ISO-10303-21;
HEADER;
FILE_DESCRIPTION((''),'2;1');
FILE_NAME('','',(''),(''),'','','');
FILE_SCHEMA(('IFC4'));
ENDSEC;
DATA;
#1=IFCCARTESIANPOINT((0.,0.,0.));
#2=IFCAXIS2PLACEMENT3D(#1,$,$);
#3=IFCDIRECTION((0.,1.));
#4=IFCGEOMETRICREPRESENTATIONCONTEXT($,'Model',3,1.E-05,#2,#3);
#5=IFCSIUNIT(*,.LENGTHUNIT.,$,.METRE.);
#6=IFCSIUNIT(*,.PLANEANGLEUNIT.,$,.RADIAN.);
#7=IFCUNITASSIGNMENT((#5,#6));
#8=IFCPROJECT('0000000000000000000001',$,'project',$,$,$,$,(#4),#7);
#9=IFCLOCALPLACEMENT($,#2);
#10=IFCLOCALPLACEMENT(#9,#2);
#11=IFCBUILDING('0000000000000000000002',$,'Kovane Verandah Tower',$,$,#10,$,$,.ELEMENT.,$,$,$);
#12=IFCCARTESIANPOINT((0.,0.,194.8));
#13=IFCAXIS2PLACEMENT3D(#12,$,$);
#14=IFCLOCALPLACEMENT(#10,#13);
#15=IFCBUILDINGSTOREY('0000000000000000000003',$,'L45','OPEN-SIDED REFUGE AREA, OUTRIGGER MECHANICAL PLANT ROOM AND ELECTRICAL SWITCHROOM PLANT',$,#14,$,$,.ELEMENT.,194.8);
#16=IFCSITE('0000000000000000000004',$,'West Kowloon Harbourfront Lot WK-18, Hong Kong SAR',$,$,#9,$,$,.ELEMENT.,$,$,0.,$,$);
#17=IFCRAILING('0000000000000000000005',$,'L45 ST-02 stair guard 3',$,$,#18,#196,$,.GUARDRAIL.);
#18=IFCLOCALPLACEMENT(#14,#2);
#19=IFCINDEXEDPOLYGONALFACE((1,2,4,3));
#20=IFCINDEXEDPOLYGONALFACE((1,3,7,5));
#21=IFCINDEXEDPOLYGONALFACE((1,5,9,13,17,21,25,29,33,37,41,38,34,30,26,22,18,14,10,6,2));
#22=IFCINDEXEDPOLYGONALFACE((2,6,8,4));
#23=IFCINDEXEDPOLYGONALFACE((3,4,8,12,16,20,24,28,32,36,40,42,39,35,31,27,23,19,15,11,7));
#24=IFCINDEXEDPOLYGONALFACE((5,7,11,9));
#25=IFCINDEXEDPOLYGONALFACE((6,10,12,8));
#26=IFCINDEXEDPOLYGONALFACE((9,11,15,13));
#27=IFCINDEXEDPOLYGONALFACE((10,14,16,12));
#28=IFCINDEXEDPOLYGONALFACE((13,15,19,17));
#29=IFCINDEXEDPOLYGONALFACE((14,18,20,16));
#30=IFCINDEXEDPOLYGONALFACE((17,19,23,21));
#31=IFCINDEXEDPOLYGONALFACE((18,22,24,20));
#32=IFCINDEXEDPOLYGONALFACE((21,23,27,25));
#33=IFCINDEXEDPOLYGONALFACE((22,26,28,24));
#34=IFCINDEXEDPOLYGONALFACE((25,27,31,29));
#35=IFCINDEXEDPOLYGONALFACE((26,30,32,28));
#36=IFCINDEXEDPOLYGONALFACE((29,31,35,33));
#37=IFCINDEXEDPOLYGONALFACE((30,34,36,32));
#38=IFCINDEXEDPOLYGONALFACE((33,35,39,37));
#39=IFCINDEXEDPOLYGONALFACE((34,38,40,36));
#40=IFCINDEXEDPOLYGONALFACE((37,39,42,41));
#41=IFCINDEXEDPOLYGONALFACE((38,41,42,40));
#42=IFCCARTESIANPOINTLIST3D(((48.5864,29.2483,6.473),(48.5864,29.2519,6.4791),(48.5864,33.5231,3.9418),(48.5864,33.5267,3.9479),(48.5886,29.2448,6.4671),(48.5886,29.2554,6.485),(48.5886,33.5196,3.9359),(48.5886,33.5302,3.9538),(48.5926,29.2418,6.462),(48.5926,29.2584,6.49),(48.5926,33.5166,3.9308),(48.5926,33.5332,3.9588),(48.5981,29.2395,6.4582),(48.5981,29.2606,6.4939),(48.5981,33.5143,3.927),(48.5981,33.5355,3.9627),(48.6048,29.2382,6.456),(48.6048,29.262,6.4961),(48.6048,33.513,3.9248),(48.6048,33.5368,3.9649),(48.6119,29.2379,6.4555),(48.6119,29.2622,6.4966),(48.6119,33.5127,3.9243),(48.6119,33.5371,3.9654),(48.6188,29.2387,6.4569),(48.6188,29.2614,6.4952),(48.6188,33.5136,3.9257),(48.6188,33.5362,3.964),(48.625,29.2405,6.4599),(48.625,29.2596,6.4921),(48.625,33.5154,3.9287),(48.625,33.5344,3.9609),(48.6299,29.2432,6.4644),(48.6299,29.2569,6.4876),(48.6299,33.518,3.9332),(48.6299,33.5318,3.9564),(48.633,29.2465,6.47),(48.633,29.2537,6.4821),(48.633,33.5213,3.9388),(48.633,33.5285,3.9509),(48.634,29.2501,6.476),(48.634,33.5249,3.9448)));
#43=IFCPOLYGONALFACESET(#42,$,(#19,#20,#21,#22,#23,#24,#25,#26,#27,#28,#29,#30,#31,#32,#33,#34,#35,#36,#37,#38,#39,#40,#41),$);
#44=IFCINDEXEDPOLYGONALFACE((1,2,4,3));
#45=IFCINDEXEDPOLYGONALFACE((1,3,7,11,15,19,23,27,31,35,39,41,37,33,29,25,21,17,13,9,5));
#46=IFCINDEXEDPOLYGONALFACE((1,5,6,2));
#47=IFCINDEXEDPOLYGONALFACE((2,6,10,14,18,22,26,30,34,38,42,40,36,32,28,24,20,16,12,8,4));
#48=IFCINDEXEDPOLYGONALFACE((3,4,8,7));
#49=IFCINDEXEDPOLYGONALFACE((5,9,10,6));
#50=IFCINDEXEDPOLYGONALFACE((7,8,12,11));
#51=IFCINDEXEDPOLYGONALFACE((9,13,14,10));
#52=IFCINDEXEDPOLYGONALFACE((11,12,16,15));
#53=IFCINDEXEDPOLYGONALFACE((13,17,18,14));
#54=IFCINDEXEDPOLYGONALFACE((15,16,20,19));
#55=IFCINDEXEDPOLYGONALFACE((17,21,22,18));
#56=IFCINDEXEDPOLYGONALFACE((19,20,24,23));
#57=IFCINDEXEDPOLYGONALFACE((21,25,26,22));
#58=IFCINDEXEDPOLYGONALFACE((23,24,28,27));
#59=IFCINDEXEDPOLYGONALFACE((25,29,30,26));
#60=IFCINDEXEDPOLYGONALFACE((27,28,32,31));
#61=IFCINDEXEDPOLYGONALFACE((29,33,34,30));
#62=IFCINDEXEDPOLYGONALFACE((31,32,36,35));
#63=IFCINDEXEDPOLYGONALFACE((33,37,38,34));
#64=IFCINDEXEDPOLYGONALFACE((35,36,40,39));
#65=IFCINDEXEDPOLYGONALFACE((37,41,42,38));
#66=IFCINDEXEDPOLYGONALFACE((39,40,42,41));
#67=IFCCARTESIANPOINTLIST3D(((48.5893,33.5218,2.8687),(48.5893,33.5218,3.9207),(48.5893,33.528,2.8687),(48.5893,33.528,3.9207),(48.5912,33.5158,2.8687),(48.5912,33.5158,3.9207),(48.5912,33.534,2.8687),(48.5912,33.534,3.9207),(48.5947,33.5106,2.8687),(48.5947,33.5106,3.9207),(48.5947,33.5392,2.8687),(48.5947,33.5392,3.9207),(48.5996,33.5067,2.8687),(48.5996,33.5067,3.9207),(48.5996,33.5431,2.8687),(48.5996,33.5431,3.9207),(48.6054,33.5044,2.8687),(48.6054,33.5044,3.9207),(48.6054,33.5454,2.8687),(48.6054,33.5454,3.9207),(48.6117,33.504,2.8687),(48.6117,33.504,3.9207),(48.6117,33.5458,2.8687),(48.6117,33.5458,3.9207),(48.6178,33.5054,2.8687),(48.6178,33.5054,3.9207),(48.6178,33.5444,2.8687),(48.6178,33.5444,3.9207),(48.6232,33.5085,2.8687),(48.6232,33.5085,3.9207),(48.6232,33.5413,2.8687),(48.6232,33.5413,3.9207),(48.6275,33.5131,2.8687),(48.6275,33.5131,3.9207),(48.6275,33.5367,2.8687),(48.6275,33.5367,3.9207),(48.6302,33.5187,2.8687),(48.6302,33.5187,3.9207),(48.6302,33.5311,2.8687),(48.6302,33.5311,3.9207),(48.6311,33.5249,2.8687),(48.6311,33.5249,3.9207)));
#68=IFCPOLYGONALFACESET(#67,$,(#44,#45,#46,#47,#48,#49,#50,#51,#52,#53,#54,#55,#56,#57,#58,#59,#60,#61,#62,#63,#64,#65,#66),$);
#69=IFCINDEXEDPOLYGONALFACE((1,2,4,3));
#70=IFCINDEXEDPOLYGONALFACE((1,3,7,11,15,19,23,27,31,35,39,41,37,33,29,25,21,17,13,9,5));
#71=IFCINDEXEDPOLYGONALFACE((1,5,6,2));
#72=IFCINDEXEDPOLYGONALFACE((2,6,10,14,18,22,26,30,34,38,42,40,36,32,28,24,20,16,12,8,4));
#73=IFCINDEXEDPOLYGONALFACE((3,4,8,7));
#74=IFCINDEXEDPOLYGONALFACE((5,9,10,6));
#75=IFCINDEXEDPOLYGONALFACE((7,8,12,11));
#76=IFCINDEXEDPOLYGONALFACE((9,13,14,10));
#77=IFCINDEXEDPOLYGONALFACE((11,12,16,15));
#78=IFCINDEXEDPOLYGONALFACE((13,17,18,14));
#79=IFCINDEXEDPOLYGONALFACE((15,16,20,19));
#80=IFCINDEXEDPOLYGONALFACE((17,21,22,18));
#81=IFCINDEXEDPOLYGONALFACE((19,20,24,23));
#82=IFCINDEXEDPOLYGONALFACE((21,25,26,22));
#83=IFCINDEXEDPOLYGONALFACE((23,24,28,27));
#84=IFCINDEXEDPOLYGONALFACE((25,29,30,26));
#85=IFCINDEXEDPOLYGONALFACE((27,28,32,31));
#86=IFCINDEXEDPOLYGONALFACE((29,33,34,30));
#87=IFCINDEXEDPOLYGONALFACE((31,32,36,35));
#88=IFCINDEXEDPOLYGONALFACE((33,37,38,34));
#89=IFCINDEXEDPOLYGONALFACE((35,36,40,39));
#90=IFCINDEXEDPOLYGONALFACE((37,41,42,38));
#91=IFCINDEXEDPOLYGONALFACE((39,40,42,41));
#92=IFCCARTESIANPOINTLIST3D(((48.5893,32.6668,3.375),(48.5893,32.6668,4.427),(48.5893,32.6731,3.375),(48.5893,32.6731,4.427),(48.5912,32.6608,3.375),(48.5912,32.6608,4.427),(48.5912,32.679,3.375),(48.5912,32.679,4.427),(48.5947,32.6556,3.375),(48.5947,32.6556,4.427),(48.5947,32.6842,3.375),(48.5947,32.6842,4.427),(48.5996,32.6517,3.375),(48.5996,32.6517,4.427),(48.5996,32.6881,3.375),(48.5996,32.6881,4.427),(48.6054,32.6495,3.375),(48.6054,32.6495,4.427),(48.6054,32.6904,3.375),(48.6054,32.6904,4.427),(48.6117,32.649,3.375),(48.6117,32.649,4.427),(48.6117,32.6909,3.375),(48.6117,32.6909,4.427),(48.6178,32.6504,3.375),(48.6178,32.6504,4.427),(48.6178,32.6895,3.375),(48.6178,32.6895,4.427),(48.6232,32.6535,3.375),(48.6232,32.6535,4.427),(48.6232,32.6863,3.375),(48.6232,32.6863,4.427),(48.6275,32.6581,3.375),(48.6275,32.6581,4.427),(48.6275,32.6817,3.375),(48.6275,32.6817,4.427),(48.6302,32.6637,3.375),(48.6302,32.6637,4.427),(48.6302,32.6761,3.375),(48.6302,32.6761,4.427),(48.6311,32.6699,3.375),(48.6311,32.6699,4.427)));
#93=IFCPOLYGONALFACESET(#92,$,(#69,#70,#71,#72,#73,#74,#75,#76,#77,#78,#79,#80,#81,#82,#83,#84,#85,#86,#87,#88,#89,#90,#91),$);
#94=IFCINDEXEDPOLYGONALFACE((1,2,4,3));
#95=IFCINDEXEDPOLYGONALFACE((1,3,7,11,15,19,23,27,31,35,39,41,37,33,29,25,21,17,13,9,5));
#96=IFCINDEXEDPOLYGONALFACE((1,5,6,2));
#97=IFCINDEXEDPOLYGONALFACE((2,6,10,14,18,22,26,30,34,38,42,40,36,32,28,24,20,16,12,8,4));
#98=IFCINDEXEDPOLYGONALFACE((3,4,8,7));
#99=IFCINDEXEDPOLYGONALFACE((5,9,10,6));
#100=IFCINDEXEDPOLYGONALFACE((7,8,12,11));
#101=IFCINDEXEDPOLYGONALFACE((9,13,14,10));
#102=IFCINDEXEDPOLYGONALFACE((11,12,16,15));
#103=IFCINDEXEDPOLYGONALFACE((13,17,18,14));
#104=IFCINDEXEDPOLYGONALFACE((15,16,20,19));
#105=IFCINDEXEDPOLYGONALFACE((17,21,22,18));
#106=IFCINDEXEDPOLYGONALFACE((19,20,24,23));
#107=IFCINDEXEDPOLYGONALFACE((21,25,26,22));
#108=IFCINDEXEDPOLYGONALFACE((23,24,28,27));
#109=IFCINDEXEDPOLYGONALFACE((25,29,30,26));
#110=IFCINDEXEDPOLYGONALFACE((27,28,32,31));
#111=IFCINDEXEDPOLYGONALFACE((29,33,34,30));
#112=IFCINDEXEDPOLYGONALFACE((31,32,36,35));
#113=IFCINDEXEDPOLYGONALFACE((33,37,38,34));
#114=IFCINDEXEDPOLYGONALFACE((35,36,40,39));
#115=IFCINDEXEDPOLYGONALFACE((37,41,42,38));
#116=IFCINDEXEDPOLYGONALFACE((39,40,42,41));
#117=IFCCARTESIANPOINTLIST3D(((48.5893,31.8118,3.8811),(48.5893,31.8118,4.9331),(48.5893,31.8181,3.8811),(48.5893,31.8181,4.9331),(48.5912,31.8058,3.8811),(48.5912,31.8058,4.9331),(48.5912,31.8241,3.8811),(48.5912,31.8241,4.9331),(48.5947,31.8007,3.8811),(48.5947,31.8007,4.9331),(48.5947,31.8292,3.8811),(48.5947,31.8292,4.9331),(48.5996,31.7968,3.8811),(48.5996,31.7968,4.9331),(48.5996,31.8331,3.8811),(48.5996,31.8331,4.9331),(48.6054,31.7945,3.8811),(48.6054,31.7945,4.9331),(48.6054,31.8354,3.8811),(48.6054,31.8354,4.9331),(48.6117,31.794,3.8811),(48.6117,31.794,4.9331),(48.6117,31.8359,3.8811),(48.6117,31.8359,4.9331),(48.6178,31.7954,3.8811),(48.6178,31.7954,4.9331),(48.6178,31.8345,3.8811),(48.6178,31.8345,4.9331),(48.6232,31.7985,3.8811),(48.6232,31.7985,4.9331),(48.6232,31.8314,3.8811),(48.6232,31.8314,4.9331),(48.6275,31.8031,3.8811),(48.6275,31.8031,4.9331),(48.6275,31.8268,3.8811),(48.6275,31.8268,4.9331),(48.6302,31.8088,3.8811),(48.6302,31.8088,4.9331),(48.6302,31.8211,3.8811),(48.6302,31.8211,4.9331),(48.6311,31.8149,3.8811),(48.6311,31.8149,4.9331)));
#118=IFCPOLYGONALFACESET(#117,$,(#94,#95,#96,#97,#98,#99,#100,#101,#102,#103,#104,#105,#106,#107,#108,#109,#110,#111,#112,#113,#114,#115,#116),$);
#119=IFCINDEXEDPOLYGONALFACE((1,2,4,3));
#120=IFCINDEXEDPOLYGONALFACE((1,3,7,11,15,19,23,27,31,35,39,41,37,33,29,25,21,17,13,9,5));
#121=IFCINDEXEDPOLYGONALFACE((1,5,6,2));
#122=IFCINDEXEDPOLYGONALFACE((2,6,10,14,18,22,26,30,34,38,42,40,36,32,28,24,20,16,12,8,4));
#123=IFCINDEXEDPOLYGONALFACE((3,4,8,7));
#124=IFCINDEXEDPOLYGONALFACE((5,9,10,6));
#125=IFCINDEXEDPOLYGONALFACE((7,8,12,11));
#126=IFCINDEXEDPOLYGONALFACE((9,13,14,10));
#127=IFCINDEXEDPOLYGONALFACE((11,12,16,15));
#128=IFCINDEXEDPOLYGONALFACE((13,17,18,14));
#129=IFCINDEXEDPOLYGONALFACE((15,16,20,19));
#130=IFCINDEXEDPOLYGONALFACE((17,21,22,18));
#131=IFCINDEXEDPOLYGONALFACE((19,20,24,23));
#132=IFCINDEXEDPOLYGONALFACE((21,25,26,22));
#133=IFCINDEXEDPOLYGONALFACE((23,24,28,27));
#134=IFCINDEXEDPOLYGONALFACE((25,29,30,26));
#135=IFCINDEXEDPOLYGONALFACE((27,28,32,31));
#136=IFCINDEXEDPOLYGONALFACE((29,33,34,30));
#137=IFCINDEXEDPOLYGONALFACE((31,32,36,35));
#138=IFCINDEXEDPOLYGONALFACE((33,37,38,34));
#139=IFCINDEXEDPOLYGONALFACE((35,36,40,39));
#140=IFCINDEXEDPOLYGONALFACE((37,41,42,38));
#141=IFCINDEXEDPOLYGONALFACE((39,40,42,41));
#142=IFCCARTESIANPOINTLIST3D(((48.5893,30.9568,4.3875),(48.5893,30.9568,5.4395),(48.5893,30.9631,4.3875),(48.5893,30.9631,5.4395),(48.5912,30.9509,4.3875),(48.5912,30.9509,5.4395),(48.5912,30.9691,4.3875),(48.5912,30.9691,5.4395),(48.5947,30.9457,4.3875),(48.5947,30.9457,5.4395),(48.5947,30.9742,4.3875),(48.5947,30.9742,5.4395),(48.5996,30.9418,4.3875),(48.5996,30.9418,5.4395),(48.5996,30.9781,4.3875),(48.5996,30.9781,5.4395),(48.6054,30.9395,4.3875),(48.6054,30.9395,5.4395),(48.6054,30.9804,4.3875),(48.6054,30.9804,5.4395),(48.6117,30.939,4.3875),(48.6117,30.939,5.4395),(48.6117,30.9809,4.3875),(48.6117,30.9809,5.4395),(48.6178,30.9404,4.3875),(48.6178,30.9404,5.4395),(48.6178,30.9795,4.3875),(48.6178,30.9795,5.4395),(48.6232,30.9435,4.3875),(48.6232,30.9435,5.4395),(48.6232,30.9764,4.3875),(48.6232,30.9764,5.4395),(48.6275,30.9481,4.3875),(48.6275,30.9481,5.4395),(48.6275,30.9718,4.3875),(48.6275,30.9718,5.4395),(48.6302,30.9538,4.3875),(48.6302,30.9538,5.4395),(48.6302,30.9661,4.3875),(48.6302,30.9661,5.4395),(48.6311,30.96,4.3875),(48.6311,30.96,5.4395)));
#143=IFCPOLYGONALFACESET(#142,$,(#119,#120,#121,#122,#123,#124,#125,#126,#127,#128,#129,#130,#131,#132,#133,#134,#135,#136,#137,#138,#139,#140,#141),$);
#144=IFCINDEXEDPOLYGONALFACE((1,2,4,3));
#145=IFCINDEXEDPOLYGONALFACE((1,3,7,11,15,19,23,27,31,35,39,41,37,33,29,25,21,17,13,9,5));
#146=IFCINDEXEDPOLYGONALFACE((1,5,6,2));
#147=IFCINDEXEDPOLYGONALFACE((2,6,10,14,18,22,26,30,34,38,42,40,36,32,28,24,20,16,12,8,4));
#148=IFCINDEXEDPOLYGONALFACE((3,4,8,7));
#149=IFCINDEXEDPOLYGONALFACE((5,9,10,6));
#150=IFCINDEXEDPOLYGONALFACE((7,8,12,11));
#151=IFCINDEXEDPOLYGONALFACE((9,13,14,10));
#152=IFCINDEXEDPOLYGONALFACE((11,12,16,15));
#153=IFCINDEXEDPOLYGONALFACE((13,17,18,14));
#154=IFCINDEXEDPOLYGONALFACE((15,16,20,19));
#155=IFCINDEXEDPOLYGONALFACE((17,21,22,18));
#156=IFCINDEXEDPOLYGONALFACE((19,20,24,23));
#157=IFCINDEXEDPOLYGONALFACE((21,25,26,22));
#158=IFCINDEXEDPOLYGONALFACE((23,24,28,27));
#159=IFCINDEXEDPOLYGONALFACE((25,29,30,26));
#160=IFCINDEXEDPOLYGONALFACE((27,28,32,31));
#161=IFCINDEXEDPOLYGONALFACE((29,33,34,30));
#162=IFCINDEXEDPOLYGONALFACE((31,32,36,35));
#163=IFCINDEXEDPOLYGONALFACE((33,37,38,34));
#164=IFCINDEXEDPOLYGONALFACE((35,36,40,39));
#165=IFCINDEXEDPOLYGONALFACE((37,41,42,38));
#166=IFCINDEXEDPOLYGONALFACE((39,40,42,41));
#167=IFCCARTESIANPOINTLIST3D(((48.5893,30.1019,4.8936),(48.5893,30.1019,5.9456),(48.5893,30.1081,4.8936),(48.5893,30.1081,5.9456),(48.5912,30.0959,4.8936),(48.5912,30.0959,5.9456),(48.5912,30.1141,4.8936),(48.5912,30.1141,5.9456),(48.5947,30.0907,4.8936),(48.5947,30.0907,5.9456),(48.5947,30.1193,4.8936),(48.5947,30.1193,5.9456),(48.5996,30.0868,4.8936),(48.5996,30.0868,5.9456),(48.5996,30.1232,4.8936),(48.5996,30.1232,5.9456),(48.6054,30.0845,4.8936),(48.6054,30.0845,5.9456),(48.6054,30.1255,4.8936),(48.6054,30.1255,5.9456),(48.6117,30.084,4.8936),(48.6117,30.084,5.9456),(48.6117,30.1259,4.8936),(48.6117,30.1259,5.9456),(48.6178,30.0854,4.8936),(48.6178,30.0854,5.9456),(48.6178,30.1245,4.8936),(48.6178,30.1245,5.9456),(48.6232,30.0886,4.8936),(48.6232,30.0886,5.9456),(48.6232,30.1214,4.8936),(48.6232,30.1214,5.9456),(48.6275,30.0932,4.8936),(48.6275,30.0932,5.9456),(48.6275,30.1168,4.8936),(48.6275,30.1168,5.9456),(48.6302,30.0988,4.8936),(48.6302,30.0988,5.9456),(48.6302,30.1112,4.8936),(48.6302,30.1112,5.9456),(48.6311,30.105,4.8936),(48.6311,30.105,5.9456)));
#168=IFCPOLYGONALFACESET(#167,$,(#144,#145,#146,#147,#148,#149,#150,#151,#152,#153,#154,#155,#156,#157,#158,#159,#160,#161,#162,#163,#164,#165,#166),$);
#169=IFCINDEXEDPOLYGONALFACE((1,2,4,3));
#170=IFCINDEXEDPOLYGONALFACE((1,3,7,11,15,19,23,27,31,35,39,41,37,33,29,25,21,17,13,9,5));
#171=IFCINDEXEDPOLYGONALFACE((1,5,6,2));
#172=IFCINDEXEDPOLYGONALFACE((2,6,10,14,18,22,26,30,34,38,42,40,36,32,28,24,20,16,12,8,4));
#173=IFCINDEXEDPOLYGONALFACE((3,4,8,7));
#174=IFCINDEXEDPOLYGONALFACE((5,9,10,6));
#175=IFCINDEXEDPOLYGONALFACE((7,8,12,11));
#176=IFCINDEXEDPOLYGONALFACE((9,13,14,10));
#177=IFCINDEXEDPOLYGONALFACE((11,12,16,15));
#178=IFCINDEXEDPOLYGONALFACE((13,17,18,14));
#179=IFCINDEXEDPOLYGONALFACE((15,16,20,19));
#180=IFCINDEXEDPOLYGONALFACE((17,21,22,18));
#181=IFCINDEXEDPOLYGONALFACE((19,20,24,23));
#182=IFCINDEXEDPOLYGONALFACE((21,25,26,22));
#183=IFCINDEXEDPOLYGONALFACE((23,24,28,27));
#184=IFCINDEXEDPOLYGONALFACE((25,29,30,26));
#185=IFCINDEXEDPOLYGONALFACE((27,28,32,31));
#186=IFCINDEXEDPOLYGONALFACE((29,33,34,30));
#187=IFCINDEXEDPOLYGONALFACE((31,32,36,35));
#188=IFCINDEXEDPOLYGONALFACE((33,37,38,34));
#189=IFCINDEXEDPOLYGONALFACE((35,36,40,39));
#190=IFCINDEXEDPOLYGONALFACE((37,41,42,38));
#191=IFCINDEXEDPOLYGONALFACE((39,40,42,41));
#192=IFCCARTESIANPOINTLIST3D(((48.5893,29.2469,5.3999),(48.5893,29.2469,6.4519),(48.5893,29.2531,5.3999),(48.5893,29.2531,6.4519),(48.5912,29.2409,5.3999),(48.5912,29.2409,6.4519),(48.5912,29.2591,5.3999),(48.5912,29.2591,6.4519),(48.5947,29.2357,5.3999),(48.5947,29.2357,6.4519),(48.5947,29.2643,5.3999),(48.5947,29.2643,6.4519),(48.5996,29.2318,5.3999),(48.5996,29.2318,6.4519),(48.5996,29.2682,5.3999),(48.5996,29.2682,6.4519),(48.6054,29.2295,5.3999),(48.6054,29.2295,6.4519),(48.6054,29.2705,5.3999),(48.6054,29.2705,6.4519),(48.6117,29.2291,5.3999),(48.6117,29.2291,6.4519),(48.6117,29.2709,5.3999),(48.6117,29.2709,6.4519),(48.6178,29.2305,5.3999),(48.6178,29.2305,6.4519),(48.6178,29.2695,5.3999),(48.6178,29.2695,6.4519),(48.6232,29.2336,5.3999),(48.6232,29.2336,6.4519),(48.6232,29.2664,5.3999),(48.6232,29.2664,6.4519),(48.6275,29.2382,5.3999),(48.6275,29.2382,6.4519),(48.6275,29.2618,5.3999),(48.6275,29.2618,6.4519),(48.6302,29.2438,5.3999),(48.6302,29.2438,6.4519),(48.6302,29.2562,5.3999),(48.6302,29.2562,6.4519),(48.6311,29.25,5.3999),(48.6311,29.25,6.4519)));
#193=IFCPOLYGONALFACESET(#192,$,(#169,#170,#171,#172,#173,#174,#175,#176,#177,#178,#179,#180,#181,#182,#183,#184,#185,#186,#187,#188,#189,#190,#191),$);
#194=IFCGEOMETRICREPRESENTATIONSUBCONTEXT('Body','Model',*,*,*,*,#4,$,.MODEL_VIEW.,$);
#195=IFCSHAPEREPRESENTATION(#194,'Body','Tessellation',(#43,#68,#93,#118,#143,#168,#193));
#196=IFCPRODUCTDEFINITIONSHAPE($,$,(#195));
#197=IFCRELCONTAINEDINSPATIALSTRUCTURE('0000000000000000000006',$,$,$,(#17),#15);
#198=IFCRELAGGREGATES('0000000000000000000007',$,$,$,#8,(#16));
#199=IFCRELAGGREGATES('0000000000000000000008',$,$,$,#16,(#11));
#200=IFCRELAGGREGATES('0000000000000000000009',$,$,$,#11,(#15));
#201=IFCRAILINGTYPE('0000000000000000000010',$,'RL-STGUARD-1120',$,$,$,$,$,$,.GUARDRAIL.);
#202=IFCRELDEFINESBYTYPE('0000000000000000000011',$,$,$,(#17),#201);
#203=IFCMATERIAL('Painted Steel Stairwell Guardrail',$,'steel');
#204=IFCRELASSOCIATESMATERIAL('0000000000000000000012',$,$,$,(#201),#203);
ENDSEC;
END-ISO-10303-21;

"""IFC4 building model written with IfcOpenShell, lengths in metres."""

from ifc_helpers import new_model, si_unit, direction, frame, origin, origin_2d, place, context, subcontext, project, spatial, circle, extrude, material, type_object, element, save


model = new_model("IFC4")

# Units and contexts
model_context = context("Model", 3, precision=1e-05, world=origin(), true_north=direction((0.0, 1.0)))
body_context = subcontext(model_context, "Body", "Model", "MODEL_VIEW")
ifc_project = project(units=[si_unit("LENGTHUNIT", "METRE"), si_unit("PLANEANGLEUNIT", "RADIAN")], contexts=[model_context])

# Site, building, storey
site_placement = place(None, origin())
site = spatial("IfcSite", under=ifc_project, at=site_placement, Name="West Kowloon Harbourfront Lot WK-18, Hong Kong SAR", CompositionType="ELEMENT", RefElevation=0.0)
building_placement = place(site_placement, origin())
building = spatial("IfcBuilding", under=site, at=building_placement, Name="Kovane Verandah Tower", CompositionType="ELEMENT")
storey_placement = place(building_placement, frame((0.0, 0.0, 194.8)))
storey = spatial("IfcBuildingStorey", under=building, at=storey_placement, Name="L45", Description="OPEN-SIDED REFUGE AREA, OUTRIGGER MECHANICAL PLANT ROOM AND ELECTRICAL SWITCHROOM PLANT", CompositionType="ELEMENT", Elevation=194.8)

# Railing
ifc_material_1 = material(Name="Painted Steel Stairwell Guardrail", Category="steel")
railing_type_1 = type_object("IfcRailingType", Name="RL-STGUARD-1120", PredefinedType="GUARDRAIL", material=ifc_material_1)
railing_1_placement = place(storey_placement, frame((48.6101, 33.5249, 2.8687)))
element("IfcRailing", 1, at=railing_1_placement, inside=storey, type_object=railing_type_1, Name="L45 ST-02 stair guard 3", PredefinedType="GUARDRAIL", context=body_context, shape_type="SweptSolid", body=[
    extrude(circle(Radius=0.0239, at=origin_2d()), frame((0.0, 0.0, 1.0762), z_axis=(0.0, -0.86047, 0.509501), x_axis=(1.0, 0.0, 0.0)), (0.0, 0.0, 1.0), 4.968),
    extrude(circle(Radius=0.021, at=origin_2d()), origin(), (0.0, 0.0, 1.0), 1.052),
    extrude(circle(Radius=0.021, at=origin_2d()), frame((0.0, -0.855, 0.5063)), (0.0, 0.0, 1.0), 1.052),
    extrude(circle(Radius=0.021, at=origin_2d()), frame((0.0, -1.71, 1.0125)), (0.0, 0.0, 1.0), 1.052),
    extrude(circle(Radius=0.021, at=origin_2d()), frame((0.0, -2.5649, 1.5188)), (0.0, 0.0, 1.0), 1.052),
    extrude(circle(Radius=0.021, at=origin_2d()), frame((0.0, -3.4199, 2.0249)), (0.0, 0.0, 1.0), 1.052),
    extrude(circle(Radius=0.021, at=origin_2d()), frame((0.0, -4.2749, 2.5312)), (0.0, 0.0, 1.0), 1.052),
])

save(model, "model.ifc")
